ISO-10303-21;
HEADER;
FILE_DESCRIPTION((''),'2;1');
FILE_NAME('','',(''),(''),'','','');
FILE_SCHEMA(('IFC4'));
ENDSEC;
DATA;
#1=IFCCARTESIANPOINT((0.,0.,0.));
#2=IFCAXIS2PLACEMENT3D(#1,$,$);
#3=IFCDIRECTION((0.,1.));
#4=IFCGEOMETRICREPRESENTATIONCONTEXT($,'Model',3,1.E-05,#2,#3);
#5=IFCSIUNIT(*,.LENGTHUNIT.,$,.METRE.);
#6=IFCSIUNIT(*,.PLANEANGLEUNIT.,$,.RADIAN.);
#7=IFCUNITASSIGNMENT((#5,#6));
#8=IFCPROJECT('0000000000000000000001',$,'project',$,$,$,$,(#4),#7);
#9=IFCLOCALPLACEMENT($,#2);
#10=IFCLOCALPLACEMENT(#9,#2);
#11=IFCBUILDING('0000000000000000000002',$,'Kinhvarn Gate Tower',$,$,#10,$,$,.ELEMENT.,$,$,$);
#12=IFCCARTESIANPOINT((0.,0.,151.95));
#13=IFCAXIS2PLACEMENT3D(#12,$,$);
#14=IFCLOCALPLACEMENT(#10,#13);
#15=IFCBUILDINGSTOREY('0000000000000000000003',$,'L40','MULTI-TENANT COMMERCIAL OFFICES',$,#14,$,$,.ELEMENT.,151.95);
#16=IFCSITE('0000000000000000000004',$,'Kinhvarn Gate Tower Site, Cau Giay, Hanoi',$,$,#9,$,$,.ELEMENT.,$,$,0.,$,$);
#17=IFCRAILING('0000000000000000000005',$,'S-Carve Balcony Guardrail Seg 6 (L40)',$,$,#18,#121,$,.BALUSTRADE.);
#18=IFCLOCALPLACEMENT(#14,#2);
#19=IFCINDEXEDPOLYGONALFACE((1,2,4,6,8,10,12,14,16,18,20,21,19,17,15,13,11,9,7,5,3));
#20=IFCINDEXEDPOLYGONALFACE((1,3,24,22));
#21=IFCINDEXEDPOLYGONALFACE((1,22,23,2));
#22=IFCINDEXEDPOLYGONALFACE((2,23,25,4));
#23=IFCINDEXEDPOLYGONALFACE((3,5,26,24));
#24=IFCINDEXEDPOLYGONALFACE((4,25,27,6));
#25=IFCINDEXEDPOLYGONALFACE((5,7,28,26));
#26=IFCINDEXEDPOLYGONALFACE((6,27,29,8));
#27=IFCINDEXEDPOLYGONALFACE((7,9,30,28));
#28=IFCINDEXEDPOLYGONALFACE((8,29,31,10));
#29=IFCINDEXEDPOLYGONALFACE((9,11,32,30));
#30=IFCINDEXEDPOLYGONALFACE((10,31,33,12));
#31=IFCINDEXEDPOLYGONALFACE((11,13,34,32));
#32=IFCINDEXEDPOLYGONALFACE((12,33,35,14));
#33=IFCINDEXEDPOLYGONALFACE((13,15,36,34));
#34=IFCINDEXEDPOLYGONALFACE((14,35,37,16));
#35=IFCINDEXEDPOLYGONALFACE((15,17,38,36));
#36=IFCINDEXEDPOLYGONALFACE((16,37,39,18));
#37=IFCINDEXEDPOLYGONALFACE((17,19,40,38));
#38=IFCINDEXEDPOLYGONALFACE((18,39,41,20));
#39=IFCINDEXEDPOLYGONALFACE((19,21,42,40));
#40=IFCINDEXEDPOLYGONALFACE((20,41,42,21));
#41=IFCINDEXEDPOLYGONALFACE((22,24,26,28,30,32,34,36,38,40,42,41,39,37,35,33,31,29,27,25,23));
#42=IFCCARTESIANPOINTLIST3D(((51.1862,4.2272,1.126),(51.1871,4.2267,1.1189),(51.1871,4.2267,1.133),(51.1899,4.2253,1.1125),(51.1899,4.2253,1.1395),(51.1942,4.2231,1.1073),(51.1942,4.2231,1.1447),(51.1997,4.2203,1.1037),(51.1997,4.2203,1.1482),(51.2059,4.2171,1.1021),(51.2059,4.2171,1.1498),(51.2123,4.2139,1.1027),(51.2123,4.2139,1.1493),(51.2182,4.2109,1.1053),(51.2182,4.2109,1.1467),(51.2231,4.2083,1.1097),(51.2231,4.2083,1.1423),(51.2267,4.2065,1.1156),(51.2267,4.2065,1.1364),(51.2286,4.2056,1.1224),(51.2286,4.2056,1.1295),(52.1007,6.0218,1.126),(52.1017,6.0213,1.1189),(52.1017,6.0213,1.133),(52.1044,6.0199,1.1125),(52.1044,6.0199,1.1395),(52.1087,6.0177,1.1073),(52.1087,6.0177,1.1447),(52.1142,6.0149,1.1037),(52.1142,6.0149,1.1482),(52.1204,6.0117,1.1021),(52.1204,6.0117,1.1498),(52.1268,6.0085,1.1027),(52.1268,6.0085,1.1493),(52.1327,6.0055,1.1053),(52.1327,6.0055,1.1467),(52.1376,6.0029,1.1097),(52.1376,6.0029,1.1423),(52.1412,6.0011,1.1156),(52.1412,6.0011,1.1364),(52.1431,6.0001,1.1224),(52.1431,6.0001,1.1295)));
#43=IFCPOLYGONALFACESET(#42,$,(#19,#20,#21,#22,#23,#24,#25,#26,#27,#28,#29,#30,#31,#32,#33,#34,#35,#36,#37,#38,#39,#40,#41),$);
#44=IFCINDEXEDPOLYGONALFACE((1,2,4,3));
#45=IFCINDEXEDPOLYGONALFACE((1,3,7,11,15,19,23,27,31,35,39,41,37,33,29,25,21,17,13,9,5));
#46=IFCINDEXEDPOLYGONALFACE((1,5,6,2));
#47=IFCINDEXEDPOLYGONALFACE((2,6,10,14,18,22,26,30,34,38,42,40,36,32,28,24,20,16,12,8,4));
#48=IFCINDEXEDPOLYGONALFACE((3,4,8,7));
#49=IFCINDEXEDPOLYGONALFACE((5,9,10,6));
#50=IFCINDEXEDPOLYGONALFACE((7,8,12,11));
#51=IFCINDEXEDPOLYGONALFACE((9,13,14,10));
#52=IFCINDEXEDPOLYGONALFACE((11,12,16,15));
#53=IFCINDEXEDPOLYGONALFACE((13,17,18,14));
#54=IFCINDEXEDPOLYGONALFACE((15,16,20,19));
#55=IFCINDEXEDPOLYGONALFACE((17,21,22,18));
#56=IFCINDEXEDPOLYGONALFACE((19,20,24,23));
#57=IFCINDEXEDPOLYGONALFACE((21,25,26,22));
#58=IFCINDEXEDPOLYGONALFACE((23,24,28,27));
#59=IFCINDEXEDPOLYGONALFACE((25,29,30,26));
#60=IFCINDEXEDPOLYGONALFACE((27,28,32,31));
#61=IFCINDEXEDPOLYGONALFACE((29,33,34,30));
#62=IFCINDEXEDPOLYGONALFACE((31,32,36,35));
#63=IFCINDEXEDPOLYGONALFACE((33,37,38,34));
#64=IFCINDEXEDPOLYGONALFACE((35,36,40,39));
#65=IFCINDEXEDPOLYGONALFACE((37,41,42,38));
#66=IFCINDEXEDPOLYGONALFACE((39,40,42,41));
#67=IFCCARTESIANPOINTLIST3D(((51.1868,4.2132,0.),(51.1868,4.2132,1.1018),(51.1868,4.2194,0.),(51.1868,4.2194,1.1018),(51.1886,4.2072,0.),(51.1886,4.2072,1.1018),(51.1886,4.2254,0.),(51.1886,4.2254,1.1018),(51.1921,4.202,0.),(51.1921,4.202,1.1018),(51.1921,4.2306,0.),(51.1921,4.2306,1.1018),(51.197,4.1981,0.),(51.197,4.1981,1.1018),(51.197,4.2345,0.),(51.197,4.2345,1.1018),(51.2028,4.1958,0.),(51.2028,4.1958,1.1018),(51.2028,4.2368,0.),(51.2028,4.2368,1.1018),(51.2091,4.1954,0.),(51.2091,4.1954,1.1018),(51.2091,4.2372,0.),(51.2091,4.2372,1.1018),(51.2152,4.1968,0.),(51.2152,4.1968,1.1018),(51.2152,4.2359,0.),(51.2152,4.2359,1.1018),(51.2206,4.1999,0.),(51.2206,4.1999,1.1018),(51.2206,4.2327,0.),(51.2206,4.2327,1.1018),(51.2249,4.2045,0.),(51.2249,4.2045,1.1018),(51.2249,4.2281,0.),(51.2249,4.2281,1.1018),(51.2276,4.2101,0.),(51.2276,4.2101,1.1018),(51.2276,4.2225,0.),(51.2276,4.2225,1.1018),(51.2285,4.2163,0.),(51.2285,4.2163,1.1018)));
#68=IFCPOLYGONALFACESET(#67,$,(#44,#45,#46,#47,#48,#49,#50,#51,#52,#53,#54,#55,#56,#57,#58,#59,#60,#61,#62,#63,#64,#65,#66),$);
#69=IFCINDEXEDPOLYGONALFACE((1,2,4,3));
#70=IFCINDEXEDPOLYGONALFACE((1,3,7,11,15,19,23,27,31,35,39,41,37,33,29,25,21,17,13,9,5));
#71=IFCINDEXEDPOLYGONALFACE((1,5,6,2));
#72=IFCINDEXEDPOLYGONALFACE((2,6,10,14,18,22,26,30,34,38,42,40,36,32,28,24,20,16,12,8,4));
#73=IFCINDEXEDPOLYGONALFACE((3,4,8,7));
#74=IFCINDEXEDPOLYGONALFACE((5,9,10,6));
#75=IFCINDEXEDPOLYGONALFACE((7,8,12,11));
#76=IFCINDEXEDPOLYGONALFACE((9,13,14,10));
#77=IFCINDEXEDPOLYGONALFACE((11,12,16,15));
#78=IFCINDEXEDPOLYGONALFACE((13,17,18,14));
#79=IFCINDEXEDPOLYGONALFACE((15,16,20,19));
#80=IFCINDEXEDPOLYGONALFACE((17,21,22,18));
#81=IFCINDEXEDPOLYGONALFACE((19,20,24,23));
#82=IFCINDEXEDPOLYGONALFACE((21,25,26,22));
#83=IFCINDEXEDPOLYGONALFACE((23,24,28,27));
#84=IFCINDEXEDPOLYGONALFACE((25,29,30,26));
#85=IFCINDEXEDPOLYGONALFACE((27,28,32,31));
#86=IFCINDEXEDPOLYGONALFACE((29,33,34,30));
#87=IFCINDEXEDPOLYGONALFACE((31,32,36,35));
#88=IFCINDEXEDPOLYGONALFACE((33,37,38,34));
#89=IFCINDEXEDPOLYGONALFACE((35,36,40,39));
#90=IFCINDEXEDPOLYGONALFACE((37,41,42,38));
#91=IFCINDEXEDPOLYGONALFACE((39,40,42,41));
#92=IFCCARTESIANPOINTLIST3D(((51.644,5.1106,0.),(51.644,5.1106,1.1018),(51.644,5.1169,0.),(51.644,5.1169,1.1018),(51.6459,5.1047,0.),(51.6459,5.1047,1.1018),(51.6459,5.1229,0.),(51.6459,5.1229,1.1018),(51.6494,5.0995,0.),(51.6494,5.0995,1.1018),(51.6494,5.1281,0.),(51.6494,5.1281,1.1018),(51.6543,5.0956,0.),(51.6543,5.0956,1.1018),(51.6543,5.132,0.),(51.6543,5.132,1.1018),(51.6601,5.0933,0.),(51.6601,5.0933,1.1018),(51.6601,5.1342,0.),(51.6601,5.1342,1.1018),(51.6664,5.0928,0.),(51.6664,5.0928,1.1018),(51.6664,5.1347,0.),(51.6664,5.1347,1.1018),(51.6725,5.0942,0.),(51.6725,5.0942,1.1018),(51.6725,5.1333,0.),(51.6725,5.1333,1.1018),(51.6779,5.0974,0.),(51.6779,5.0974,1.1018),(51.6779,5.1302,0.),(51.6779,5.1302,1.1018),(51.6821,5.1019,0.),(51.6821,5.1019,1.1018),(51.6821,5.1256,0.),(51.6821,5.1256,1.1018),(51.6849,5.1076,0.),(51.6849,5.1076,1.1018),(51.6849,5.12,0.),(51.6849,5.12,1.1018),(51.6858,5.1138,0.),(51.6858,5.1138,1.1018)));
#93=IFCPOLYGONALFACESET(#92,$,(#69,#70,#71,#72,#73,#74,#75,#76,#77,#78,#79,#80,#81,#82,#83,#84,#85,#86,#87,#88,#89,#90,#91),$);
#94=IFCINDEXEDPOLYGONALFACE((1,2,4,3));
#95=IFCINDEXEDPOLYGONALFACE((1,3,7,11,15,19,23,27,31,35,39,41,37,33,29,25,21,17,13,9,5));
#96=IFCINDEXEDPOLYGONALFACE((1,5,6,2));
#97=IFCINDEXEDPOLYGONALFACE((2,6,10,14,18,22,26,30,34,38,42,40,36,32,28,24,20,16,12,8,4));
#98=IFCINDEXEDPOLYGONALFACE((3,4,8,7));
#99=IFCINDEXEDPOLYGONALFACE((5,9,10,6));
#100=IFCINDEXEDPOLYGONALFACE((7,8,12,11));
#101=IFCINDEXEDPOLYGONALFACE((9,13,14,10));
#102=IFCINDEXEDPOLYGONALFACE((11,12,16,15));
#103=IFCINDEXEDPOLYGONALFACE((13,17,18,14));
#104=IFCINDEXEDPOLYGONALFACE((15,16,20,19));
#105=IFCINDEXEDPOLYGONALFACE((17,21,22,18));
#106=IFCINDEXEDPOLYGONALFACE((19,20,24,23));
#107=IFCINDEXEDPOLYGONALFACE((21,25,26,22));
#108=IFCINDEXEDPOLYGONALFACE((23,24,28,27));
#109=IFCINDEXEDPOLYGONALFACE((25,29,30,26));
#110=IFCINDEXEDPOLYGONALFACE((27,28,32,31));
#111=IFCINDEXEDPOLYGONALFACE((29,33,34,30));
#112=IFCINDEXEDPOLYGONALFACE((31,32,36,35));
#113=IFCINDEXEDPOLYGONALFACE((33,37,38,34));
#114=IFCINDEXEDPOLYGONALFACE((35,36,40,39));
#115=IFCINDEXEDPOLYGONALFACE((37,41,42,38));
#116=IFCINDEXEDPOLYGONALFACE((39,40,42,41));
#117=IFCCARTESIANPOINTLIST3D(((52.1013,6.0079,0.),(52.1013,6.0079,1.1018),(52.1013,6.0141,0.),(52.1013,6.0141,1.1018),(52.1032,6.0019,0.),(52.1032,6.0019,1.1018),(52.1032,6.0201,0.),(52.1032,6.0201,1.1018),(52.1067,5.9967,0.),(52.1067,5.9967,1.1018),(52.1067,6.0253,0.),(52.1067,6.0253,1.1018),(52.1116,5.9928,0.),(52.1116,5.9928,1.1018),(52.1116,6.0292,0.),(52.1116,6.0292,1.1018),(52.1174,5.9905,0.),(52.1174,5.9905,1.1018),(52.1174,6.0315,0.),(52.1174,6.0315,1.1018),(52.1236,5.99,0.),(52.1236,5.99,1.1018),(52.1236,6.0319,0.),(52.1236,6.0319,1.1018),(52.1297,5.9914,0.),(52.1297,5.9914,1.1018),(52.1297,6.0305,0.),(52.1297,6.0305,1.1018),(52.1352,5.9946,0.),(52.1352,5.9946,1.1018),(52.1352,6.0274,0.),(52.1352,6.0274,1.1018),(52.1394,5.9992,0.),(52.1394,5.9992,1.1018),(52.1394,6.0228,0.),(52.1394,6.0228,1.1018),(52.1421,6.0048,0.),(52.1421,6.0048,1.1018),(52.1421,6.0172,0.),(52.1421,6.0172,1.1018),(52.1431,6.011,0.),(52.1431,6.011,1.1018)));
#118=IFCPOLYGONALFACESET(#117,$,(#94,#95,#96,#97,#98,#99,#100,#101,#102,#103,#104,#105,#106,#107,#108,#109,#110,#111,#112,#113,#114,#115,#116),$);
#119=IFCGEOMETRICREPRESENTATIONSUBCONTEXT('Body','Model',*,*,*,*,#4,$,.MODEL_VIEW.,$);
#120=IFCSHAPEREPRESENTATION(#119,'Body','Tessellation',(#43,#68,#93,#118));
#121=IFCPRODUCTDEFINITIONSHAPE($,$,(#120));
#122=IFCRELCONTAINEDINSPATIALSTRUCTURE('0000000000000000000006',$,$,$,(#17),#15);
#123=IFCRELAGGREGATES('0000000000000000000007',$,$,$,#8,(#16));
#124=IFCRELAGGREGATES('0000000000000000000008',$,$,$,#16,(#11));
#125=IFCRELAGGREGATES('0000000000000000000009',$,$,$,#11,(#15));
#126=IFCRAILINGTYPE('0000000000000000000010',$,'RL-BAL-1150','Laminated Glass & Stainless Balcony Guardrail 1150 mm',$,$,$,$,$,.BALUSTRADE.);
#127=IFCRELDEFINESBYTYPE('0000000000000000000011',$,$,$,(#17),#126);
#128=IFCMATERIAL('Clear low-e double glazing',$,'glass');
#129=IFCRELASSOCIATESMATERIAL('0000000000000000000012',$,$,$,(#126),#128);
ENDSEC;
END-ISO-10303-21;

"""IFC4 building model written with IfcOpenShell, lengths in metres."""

from ifc_helpers import new_model, si_unit, direction, frame, origin, origin_2d, place, context, subcontext, project, spatial, circle, extrude, material, type_object, element, save


model = new_model("IFC4")

# Units and contexts
model_context = context("Model", 3, precision=1e-05, world=origin(), true_north=direction((0.0, 1.0)))
body_context = subcontext(model_context, "Body", "Model", "MODEL_VIEW")
ifc_project = project(units=[si_unit("LENGTHUNIT", "METRE"), si_unit("PLANEANGLEUNIT", "RADIAN")], contexts=[model_context])

# Site, building, storey
site_placement = place(None, origin())
site = spatial("IfcSite", under=ifc_project, at=site_placement, Name="Kinhvarn Gate Tower Site, Cau Giay, Hanoi", CompositionType="ELEMENT", RefElevation=0.0)
building_placement = place(site_placement, origin())
building = spatial("IfcBuilding", under=site, at=building_placement, Name="Kinhvarn Gate Tower", CompositionType="ELEMENT")
storey_placement = place(building_placement, frame((0.0, 0.0, 151.95)))
storey = spatial("IfcBuildingStorey", under=building, at=storey_placement, Name="L40", Description="MULTI-TENANT COMMERCIAL OFFICES", CompositionType="ELEMENT", Elevation=151.95)

# Shared definitions
ifc_material_1 = material(Name="Clear low-e double glazing", Category="glass")

# Railing
railing_type = type_object("IfcRailingType", Name="RL-BAL-1150", Description="Laminated Glass & Stainless Balcony Guardrail 1150 mm", PredefinedType="BALUSTRADE", material=ifc_material_1)
railing_1_placement = place(storey_placement, frame((51.2075, 4.2163, 0.0)))
element("IfcRailing", 1, at=railing_1_placement, inside=storey, type_object=railing_type, Name="S-Carve Balcony Guardrail Seg 6 (L40)", PredefinedType="BALUSTRADE", context=body_context, shape_type="SweptSolid", body=[
    extrude(circle(Radius=0.0239, at=origin_2d()), frame((0.0, 0.0, 1.126), z_axis=(0.454037, 0.890983, 0.0), x_axis=(-0.890983, 0.454037, 0.0)), (0.0, 0.0, 1.0), 2.0142),
    extrude(circle(Radius=0.021, at=origin_2d()), origin(), (0.0, 0.0, 1.0), 1.1018),
    extrude(circle(Radius=0.021, at=origin_2d()), frame((0.4573, 0.8975, 0.0)), (0.0, 0.0, 1.0), 1.1018),
    extrude(circle(Radius=0.021, at=origin_2d()), frame((0.9146, 1.7947, 0.0)), (0.0, 0.0, 1.0), 1.1018),
])

save(model, "model.ifc")
